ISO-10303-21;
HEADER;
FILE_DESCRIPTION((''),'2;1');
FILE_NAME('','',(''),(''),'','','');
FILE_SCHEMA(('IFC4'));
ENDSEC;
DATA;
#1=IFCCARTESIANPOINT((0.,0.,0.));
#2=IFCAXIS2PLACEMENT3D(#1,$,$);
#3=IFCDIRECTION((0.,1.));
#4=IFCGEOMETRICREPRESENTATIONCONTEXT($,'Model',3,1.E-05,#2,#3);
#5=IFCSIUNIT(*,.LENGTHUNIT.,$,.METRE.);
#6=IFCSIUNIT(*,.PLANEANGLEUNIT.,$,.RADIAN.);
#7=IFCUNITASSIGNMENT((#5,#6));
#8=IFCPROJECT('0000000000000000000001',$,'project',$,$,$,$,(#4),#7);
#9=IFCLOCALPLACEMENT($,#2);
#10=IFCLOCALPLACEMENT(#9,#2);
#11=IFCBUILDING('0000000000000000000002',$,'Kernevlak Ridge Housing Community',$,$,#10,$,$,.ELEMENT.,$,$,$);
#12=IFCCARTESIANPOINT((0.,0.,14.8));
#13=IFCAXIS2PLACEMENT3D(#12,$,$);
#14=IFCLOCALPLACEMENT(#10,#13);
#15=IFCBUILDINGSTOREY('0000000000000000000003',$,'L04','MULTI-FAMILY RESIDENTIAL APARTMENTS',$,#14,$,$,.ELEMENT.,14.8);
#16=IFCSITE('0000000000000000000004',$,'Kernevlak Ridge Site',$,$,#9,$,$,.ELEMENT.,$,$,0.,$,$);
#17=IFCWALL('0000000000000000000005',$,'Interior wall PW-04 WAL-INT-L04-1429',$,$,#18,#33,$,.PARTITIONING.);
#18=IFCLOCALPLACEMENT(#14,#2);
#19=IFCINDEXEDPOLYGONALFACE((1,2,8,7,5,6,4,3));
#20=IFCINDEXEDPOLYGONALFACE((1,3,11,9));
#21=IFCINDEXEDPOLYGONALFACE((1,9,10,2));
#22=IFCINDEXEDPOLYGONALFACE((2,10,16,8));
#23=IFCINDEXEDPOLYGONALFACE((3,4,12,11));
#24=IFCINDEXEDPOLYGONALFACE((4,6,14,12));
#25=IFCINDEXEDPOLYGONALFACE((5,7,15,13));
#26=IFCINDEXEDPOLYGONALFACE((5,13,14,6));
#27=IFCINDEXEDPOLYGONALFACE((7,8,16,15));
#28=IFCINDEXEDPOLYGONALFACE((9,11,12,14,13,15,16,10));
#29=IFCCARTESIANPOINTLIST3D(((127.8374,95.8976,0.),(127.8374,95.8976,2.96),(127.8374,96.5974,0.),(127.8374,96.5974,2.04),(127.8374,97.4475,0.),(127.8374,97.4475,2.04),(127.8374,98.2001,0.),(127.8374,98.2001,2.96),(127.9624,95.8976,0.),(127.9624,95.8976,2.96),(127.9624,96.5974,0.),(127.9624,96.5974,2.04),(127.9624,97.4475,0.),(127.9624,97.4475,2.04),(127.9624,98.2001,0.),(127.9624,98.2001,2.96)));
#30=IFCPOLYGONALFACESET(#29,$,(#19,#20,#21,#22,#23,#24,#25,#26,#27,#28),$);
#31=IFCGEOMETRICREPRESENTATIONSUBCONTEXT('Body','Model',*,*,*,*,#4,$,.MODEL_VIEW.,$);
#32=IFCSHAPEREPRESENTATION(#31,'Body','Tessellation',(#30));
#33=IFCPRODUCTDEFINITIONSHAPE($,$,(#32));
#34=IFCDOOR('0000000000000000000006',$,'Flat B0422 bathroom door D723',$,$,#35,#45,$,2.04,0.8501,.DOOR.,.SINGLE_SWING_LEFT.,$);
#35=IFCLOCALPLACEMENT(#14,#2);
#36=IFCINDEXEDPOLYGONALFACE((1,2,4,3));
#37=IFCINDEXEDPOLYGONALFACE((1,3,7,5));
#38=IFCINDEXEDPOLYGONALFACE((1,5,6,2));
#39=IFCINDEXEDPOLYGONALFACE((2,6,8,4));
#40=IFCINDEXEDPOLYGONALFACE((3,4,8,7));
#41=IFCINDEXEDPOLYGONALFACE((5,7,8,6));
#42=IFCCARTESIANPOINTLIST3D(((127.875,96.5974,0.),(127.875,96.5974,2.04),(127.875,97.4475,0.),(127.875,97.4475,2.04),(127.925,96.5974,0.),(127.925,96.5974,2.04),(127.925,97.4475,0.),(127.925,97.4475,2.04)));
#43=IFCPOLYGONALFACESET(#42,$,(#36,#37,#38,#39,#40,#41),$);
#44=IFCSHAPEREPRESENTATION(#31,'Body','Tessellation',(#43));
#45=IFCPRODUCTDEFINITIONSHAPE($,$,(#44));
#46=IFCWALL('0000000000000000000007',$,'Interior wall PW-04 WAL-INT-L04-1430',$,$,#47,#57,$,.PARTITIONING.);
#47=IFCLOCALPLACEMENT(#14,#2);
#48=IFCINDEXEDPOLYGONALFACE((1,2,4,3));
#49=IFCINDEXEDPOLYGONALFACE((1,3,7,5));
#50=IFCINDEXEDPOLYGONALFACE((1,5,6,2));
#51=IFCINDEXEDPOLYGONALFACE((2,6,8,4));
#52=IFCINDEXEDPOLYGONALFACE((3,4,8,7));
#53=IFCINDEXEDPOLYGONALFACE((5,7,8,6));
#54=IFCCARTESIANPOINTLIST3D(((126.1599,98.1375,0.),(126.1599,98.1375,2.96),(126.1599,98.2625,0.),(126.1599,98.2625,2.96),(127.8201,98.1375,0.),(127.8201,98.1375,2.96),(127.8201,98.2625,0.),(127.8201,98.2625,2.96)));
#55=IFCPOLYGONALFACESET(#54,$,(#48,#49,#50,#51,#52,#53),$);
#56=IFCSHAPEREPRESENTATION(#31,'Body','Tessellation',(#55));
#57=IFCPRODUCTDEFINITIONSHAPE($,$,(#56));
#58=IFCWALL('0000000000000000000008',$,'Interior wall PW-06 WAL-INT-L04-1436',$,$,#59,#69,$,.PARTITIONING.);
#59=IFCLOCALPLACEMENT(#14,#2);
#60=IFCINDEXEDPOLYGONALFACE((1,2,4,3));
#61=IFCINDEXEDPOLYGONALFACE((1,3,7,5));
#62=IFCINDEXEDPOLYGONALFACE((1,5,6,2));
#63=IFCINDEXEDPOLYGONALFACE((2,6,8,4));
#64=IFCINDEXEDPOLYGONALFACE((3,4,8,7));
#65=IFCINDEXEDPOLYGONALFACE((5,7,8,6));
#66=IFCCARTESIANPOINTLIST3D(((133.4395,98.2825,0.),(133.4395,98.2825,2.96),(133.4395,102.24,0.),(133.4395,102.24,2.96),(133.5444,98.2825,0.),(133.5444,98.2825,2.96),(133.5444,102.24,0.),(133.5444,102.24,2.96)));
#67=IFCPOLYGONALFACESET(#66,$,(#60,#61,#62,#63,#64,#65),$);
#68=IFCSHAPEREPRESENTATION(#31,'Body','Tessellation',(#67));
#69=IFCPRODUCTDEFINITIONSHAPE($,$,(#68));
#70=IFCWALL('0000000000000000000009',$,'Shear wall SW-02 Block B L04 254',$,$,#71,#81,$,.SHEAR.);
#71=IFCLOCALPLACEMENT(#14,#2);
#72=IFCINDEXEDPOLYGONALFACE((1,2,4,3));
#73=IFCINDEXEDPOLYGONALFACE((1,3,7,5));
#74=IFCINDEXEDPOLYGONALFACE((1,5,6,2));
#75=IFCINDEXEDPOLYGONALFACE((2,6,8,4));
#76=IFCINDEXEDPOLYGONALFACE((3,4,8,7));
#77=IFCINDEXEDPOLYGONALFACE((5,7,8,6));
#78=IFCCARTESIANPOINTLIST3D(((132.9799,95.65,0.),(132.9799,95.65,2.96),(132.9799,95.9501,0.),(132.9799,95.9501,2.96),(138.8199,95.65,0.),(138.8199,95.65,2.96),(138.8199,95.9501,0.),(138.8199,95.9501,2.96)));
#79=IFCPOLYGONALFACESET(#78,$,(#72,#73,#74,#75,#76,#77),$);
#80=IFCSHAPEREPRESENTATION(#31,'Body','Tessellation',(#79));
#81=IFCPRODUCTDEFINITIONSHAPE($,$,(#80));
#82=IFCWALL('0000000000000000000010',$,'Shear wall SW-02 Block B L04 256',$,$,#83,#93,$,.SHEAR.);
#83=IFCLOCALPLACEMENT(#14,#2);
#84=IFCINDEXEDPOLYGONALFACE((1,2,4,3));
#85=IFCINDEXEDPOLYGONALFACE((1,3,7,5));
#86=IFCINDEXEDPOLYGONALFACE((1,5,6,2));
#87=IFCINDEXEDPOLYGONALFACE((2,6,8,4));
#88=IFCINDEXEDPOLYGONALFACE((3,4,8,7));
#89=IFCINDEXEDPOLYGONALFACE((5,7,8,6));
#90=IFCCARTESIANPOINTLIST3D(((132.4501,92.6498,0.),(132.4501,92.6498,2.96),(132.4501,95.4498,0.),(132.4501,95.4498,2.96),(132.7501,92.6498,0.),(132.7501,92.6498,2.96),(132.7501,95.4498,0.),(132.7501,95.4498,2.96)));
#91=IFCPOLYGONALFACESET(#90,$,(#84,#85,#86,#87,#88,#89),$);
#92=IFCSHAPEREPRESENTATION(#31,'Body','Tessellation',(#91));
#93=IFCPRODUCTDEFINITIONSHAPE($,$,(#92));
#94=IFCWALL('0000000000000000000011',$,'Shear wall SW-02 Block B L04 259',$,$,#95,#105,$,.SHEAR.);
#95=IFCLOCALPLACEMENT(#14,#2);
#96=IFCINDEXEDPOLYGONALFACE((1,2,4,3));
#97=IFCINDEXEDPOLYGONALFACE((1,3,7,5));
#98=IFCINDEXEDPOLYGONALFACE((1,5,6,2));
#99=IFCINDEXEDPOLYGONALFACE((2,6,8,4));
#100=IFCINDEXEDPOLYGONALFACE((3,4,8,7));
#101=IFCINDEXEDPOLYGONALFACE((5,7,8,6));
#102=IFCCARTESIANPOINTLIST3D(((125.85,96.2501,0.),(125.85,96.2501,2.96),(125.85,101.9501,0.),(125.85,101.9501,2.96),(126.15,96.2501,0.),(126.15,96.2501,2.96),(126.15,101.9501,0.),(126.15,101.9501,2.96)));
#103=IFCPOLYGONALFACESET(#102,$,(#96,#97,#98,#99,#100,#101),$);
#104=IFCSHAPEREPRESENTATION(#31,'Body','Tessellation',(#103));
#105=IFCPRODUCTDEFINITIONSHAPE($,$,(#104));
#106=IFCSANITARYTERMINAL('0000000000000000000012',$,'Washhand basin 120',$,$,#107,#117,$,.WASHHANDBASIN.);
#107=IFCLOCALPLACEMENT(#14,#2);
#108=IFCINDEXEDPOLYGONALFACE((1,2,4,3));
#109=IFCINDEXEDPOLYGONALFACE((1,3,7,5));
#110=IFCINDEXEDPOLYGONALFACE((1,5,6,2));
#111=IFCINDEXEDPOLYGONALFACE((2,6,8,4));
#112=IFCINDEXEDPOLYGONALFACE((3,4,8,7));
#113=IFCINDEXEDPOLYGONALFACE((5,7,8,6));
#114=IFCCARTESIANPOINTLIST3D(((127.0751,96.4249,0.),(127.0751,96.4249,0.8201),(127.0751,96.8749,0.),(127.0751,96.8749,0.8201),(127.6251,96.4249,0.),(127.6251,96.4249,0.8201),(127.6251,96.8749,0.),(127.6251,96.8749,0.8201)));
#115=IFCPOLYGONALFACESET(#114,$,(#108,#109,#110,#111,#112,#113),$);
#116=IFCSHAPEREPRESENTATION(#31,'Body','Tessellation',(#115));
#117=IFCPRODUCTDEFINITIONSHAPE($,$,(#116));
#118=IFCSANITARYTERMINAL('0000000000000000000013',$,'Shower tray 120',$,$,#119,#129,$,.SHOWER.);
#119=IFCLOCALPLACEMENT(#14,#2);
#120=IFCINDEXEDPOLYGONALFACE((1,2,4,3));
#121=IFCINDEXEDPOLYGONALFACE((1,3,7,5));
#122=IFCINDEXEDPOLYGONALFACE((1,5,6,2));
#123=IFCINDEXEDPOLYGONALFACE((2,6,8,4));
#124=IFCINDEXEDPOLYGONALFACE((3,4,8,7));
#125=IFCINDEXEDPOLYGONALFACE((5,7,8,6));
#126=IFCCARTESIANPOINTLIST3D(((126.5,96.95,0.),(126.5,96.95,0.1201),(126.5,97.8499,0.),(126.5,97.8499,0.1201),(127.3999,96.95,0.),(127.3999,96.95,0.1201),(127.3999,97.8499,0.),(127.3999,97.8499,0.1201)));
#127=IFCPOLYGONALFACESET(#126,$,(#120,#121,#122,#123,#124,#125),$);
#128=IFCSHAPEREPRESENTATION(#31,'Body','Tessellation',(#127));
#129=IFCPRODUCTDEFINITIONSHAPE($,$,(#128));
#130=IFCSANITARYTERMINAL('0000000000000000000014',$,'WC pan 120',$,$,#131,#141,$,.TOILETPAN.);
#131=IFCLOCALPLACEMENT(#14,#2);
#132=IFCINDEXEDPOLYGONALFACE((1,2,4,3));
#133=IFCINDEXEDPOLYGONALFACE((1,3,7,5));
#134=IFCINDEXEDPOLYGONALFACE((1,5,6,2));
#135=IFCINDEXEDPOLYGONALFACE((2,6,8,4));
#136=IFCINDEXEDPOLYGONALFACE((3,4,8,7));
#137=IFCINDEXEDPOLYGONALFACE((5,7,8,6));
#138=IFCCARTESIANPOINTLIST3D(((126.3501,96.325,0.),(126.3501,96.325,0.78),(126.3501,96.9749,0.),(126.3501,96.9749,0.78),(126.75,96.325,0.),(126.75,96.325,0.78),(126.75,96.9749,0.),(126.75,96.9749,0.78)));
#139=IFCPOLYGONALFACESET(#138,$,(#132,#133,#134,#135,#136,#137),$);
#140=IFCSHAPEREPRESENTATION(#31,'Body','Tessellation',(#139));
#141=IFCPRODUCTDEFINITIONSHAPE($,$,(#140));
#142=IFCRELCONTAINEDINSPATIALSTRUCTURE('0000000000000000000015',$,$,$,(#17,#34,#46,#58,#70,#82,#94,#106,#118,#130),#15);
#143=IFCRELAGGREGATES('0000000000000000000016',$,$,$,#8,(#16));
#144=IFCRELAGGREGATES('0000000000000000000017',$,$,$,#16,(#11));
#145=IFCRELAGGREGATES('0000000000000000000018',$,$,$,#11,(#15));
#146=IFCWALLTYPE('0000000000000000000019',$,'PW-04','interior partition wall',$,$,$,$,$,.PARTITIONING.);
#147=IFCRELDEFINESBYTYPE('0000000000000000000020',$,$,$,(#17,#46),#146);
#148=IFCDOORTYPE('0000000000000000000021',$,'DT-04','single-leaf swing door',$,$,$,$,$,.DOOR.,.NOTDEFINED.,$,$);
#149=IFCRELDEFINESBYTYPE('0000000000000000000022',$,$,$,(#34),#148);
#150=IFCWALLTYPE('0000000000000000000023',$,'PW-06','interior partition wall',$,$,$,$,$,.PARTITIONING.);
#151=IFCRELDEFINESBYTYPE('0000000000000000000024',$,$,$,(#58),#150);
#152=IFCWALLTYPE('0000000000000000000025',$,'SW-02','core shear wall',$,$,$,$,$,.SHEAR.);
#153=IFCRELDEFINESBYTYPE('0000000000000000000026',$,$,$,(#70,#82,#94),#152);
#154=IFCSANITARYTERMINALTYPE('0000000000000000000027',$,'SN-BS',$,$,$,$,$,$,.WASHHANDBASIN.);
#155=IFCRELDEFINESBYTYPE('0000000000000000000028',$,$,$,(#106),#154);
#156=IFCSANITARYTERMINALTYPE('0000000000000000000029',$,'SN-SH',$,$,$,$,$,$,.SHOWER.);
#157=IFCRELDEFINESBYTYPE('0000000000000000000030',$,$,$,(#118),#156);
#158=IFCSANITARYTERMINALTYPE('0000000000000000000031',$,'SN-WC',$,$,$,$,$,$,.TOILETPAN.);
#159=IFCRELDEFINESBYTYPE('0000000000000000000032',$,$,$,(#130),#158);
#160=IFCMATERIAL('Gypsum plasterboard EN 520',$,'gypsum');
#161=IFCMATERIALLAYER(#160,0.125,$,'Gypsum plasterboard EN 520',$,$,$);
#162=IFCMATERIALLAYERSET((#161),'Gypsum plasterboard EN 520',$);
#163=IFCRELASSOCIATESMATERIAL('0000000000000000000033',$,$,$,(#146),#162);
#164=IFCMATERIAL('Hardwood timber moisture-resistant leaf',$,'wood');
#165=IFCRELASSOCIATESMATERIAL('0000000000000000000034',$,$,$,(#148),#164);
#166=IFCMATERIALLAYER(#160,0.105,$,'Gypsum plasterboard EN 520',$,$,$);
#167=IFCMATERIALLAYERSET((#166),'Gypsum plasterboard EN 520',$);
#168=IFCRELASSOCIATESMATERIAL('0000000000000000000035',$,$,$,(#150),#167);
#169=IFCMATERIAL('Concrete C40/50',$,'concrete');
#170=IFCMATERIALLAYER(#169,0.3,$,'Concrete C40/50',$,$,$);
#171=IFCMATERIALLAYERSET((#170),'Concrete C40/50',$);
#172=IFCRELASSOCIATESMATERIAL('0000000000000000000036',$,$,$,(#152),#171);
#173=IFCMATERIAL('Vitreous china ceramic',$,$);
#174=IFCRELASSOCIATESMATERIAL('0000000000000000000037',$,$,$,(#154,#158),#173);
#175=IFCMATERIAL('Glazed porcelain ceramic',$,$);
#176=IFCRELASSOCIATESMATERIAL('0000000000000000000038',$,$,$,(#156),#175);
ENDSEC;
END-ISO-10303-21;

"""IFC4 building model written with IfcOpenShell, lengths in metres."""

from ifc_helpers import new_model, si_unit, direction, frame, frame_2d, origin, origin_2d, place, context, subcontext, project, spatial, rectangle, extrude, material, layer, layer_set, type_object, element, fill, save


model = new_model("IFC4")

# Units and contexts
model_context = context("Model", 3, precision=1e-05, world=origin(), true_north=direction((0.0, 1.0)))
body_context = subcontext(model_context, "Body", "Model", "MODEL_VIEW")
ifc_project = project(units=[si_unit("LENGTHUNIT", "METRE"), si_unit("PLANEANGLEUNIT", "RADIAN")], contexts=[model_context])

# Site, building, storey
site_placement = place(None, origin())
site = spatial("IfcSite", under=ifc_project, at=site_placement, Name="Kernevlak Ridge Site", CompositionType="ELEMENT", RefElevation=0.0)
building_placement = place(site_placement, origin())
building = spatial("IfcBuilding", under=site, at=building_placement, Name="Kernevlak Ridge Housing Community", CompositionType="ELEMENT")
storey_placement = place(building_placement, frame((0.0, 0.0, 14.8)))
storey = spatial("IfcBuildingStorey", under=building, at=storey_placement, Name="L04", Description="MULTI-FAMILY RESIDENTIAL APARTMENTS", CompositionType="ELEMENT", Elevation=14.8)

# Shared definitions
ifc_material_1 = material(Name="Concrete C40/50", Category="concrete")

# Wall, opening, door
ifc_material_2 = material(Name="Gypsum plasterboard EN 520", Category="gypsum")
ifc_layer_1 = layer(ifc_material_2, 0.125, Name="Gypsum plasterboard EN 520")
ifc_layer_set_1 = layer_set([ifc_layer_1], Name="Gypsum plasterboard EN 520")
wall_type_1 = type_object("IfcWallType", Name="PW-04", Description="interior partition wall", PredefinedType="PARTITIONING", material=ifc_layer_set_1)
wall_1_placement = place(storey_placement, frame((127.8999, 95.8975, 0.0), z_axis=(0.0, 0.0, 1.0), x_axis=(0.0, 1.0, 0.0)))
wall_1 = element("IfcWall", 1, at=wall_1_placement, inside=storey, type_object=wall_type_1, Name="Interior wall PW-04 WAL-INT-L04-1429", PredefinedType="PARTITIONING", context=body_context, shape_type="SweptSolid", body=[
    extrude(rectangle(XDim=2.3025, YDim=0.125, at=frame_2d((1.1514, 0.0))), origin(), (0.0, 0.0, 1.0), 2.96),
])
opening_1_placement = place(wall_1_placement, frame((0.7, 0.0, 0.0)))
opening_1 = element("IfcOpeningElement", 2, at=opening_1_placement, cuts=wall_1, PredefinedType="OPENING", context=body_context, shape_type="SweptSolid", body=[
    extrude(rectangle(XDim=0.8501, YDim=2.04, at=frame_2d((0.425, 1.02))), frame((0.0, 0.0725, 0.0), z_axis=(0.0, -1.0, 0.0), x_axis=(1.0, 0.0, 0.0)), (0.0, 0.0, 1.0), 0.145),
])
ifc_material_3 = material(Name="Hardwood timber moisture-resistant leaf", Category="wood")
door_type_1 = type_object("IfcDoorType", Name="DT-04", Description="single-leaf swing door", OperationType="NOTDEFINED", PredefinedType="DOOR", material=ifc_material_3)
door_1_placement = place(opening_1_placement, origin())
door_1 = element("IfcDoor", 3, at=door_1_placement, inside=storey, type_object=door_type_1, Name="Flat B0422 bathroom door D723", OperationType="SINGLE_SWING_LEFT", OverallHeight=2.04, OverallWidth=0.8501, PredefinedType="DOOR", context=body_context, shape_type="SweptSolid", body=[
    extrude(rectangle(XDim=0.8501, YDim=2.04, at=frame_2d((0.425, 1.02))), frame((0.0, 0.0249, 0.0), z_axis=(0.0, -1.0, 0.0), x_axis=(1.0, 0.0, 0.0)), (0.0, 0.0, 1.0), 0.05),
])
fill(opening_1, door_1)

# Walls
wall_2_placement = place(storey_placement, frame((126.1599, 98.2, 0.0), z_axis=(0.0, 0.0, 1.0), x_axis=(1.0, 0.0, 0.0)))
element("IfcWall", 4, at=wall_2_placement, inside=storey, type_object=wall_type_1, Name="Interior wall PW-04 WAL-INT-L04-1430", PredefinedType="PARTITIONING", context=body_context, shape_type="SweptSolid", body=[
    extrude(rectangle(XDim=1.6602, YDim=0.125, at=frame_2d((0.8301, 0.0))), origin(), (0.0, 0.0, 1.0), 2.96),
])
ifc_layer_2 = layer(ifc_material_2, 0.105, Name="Gypsum plasterboard EN 520")
ifc_layer_set_2 = layer_set([ifc_layer_2], Name="Gypsum plasterboard EN 520")
wall_type_2 = type_object("IfcWallType", Name="PW-06", Description="interior partition wall", PredefinedType="PARTITIONING", material=ifc_layer_set_2)
wall_3_placement = place(storey_placement, frame((133.4919, 98.2825, 0.0), z_axis=(0.0, 0.0, 1.0), x_axis=(0.0, 1.0, 0.0)))
element("IfcWall", 5, at=wall_3_placement, inside=storey, type_object=wall_type_2, Name="Interior wall PW-06 WAL-INT-L04-1436", PredefinedType="PARTITIONING", context=body_context, shape_type="SweptSolid", body=[
    extrude(rectangle(XDim=3.9575, YDim=0.105, at=frame_2d((1.9788, 0.0))), origin(), (0.0, 0.0, 1.0), 2.96),
])
ifc_layer_3 = layer(ifc_material_1, 0.3, Name="Concrete C40/50")
ifc_layer_set_3 = layer_set([ifc_layer_3], Name="Concrete C40/50")
wall_type_3 = type_object("IfcWallType", Name="SW-02", Description="core shear wall", PredefinedType="SHEAR", material=ifc_layer_set_3)
wall_4_placement = place(storey_placement, frame((132.98, 95.8, 0.0), z_axis=(0.0, 0.0, 1.0), x_axis=(1.0, 0.0, 0.0)))
element("IfcWall", 6, at=wall_4_placement, inside=storey, type_object=wall_type_3, Name="Shear wall SW-02 Block B L04 254", PredefinedType="SHEAR", context=body_context, shape_type="SweptSolid", body=[
    extrude(rectangle(XDim=5.8401, YDim=0.3, at=frame_2d((2.9199, 0.0))), origin(), (0.0, 0.0, 1.0), 2.96),
])
wall_5_placement = place(storey_placement, frame((132.6001, 92.6499, 0.0), z_axis=(0.0, 0.0, 1.0), x_axis=(0.0, 1.0, 0.0)))
element("IfcWall", 7, at=wall_5_placement, inside=storey, type_object=wall_type_3, Name="Shear wall SW-02 Block B L04 256", PredefinedType="SHEAR", context=body_context, shape_type="SweptSolid", body=[
    extrude(rectangle(XDim=2.8, YDim=0.3, at=frame_2d((1.3999, 0.0))), origin(), (0.0, 0.0, 1.0), 2.96),
])
wall_6_placement = place(storey_placement, frame((126.0, 96.25, 0.0), z_axis=(0.0, 0.0, 1.0), x_axis=(0.0, 1.0, 0.0)))
element("IfcWall", 8, at=wall_6_placement, inside=storey, type_object=wall_type_3, Name="Shear wall SW-02 Block B L04 259", PredefinedType="SHEAR", context=body_context, shape_type="SweptSolid", body=[
    extrude(rectangle(XDim=5.7, YDim=0.3, at=frame_2d((2.8501, 0.0))), origin(), (0.0, 0.0, 1.0), 2.96),
])

# Sanitary terminals
ifc_material_4 = material(Name="Vitreous china ceramic")
sanitary_terminal_type_1 = type_object("IfcSanitaryTerminalType", Name="SN-BS", PredefinedType="WASHHANDBASIN", material=ifc_material_4)
sanitary_terminal_1_placement = place(storey_placement, frame((127.3501, 96.6499, 0.0), z_axis=(0.0, 0.0, 1.0), x_axis=(1.0, 0.0, 0.0)))
element("IfcSanitaryTerminal", 9, at=sanitary_terminal_1_placement, inside=storey, type_object=sanitary_terminal_type_1, Name="Washhand basin 120", PredefinedType="WASHHANDBASIN", context=body_context, shape_type="SweptSolid", body=[
    extrude(rectangle(XDim=0.55, YDim=0.45, at=origin_2d()), origin(), (0.0, 0.0, 1.0), 0.8201),
])
ifc_material_5 = material(Name="Glazed porcelain ceramic")
sanitary_terminal_type_2 = type_object("IfcSanitaryTerminalType", Name="SN-SH", PredefinedType="SHOWER", material=ifc_material_5)
sanitary_terminal_2_placement = place(storey_placement, frame((126.95, 97.3999, 0.0), z_axis=(0.0, 0.0, 1.0), x_axis=(1.0, 0.0, 0.0)))
element("IfcSanitaryTerminal", 10, at=sanitary_terminal_2_placement, inside=storey, type_object=sanitary_terminal_type_2, Name="Shower tray 120", PredefinedType="SHOWER", context=body_context, shape_type="SweptSolid", body=[
    extrude(rectangle(XDim=0.8999, YDim=0.8999, at=origin_2d()), origin(), (0.0, 0.0, 1.0), 0.1201),
])
sanitary_terminal_type_3 = type_object("IfcSanitaryTerminalType", Name="SN-WC", PredefinedType="TOILETPAN", material=ifc_material_4)
sanitary_terminal_3_placement = place(storey_placement, frame((126.55, 96.6499, 0.0), z_axis=(0.0, 0.0, 1.0), x_axis=(1.0, 0.0, 0.0)))
element("IfcSanitaryTerminal", 11, at=sanitary_terminal_3_placement, inside=storey, type_object=sanitary_terminal_type_3, Name="WC pan 120", PredefinedType="TOILETPAN", context=body_context, shape_type="SweptSolid", body=[
    extrude(rectangle(XDim=0.3999, YDim=0.6499, at=origin_2d()), origin(), (0.0, 0.0, 1.0), 0.78),
])

save(model, "model.ifc")
